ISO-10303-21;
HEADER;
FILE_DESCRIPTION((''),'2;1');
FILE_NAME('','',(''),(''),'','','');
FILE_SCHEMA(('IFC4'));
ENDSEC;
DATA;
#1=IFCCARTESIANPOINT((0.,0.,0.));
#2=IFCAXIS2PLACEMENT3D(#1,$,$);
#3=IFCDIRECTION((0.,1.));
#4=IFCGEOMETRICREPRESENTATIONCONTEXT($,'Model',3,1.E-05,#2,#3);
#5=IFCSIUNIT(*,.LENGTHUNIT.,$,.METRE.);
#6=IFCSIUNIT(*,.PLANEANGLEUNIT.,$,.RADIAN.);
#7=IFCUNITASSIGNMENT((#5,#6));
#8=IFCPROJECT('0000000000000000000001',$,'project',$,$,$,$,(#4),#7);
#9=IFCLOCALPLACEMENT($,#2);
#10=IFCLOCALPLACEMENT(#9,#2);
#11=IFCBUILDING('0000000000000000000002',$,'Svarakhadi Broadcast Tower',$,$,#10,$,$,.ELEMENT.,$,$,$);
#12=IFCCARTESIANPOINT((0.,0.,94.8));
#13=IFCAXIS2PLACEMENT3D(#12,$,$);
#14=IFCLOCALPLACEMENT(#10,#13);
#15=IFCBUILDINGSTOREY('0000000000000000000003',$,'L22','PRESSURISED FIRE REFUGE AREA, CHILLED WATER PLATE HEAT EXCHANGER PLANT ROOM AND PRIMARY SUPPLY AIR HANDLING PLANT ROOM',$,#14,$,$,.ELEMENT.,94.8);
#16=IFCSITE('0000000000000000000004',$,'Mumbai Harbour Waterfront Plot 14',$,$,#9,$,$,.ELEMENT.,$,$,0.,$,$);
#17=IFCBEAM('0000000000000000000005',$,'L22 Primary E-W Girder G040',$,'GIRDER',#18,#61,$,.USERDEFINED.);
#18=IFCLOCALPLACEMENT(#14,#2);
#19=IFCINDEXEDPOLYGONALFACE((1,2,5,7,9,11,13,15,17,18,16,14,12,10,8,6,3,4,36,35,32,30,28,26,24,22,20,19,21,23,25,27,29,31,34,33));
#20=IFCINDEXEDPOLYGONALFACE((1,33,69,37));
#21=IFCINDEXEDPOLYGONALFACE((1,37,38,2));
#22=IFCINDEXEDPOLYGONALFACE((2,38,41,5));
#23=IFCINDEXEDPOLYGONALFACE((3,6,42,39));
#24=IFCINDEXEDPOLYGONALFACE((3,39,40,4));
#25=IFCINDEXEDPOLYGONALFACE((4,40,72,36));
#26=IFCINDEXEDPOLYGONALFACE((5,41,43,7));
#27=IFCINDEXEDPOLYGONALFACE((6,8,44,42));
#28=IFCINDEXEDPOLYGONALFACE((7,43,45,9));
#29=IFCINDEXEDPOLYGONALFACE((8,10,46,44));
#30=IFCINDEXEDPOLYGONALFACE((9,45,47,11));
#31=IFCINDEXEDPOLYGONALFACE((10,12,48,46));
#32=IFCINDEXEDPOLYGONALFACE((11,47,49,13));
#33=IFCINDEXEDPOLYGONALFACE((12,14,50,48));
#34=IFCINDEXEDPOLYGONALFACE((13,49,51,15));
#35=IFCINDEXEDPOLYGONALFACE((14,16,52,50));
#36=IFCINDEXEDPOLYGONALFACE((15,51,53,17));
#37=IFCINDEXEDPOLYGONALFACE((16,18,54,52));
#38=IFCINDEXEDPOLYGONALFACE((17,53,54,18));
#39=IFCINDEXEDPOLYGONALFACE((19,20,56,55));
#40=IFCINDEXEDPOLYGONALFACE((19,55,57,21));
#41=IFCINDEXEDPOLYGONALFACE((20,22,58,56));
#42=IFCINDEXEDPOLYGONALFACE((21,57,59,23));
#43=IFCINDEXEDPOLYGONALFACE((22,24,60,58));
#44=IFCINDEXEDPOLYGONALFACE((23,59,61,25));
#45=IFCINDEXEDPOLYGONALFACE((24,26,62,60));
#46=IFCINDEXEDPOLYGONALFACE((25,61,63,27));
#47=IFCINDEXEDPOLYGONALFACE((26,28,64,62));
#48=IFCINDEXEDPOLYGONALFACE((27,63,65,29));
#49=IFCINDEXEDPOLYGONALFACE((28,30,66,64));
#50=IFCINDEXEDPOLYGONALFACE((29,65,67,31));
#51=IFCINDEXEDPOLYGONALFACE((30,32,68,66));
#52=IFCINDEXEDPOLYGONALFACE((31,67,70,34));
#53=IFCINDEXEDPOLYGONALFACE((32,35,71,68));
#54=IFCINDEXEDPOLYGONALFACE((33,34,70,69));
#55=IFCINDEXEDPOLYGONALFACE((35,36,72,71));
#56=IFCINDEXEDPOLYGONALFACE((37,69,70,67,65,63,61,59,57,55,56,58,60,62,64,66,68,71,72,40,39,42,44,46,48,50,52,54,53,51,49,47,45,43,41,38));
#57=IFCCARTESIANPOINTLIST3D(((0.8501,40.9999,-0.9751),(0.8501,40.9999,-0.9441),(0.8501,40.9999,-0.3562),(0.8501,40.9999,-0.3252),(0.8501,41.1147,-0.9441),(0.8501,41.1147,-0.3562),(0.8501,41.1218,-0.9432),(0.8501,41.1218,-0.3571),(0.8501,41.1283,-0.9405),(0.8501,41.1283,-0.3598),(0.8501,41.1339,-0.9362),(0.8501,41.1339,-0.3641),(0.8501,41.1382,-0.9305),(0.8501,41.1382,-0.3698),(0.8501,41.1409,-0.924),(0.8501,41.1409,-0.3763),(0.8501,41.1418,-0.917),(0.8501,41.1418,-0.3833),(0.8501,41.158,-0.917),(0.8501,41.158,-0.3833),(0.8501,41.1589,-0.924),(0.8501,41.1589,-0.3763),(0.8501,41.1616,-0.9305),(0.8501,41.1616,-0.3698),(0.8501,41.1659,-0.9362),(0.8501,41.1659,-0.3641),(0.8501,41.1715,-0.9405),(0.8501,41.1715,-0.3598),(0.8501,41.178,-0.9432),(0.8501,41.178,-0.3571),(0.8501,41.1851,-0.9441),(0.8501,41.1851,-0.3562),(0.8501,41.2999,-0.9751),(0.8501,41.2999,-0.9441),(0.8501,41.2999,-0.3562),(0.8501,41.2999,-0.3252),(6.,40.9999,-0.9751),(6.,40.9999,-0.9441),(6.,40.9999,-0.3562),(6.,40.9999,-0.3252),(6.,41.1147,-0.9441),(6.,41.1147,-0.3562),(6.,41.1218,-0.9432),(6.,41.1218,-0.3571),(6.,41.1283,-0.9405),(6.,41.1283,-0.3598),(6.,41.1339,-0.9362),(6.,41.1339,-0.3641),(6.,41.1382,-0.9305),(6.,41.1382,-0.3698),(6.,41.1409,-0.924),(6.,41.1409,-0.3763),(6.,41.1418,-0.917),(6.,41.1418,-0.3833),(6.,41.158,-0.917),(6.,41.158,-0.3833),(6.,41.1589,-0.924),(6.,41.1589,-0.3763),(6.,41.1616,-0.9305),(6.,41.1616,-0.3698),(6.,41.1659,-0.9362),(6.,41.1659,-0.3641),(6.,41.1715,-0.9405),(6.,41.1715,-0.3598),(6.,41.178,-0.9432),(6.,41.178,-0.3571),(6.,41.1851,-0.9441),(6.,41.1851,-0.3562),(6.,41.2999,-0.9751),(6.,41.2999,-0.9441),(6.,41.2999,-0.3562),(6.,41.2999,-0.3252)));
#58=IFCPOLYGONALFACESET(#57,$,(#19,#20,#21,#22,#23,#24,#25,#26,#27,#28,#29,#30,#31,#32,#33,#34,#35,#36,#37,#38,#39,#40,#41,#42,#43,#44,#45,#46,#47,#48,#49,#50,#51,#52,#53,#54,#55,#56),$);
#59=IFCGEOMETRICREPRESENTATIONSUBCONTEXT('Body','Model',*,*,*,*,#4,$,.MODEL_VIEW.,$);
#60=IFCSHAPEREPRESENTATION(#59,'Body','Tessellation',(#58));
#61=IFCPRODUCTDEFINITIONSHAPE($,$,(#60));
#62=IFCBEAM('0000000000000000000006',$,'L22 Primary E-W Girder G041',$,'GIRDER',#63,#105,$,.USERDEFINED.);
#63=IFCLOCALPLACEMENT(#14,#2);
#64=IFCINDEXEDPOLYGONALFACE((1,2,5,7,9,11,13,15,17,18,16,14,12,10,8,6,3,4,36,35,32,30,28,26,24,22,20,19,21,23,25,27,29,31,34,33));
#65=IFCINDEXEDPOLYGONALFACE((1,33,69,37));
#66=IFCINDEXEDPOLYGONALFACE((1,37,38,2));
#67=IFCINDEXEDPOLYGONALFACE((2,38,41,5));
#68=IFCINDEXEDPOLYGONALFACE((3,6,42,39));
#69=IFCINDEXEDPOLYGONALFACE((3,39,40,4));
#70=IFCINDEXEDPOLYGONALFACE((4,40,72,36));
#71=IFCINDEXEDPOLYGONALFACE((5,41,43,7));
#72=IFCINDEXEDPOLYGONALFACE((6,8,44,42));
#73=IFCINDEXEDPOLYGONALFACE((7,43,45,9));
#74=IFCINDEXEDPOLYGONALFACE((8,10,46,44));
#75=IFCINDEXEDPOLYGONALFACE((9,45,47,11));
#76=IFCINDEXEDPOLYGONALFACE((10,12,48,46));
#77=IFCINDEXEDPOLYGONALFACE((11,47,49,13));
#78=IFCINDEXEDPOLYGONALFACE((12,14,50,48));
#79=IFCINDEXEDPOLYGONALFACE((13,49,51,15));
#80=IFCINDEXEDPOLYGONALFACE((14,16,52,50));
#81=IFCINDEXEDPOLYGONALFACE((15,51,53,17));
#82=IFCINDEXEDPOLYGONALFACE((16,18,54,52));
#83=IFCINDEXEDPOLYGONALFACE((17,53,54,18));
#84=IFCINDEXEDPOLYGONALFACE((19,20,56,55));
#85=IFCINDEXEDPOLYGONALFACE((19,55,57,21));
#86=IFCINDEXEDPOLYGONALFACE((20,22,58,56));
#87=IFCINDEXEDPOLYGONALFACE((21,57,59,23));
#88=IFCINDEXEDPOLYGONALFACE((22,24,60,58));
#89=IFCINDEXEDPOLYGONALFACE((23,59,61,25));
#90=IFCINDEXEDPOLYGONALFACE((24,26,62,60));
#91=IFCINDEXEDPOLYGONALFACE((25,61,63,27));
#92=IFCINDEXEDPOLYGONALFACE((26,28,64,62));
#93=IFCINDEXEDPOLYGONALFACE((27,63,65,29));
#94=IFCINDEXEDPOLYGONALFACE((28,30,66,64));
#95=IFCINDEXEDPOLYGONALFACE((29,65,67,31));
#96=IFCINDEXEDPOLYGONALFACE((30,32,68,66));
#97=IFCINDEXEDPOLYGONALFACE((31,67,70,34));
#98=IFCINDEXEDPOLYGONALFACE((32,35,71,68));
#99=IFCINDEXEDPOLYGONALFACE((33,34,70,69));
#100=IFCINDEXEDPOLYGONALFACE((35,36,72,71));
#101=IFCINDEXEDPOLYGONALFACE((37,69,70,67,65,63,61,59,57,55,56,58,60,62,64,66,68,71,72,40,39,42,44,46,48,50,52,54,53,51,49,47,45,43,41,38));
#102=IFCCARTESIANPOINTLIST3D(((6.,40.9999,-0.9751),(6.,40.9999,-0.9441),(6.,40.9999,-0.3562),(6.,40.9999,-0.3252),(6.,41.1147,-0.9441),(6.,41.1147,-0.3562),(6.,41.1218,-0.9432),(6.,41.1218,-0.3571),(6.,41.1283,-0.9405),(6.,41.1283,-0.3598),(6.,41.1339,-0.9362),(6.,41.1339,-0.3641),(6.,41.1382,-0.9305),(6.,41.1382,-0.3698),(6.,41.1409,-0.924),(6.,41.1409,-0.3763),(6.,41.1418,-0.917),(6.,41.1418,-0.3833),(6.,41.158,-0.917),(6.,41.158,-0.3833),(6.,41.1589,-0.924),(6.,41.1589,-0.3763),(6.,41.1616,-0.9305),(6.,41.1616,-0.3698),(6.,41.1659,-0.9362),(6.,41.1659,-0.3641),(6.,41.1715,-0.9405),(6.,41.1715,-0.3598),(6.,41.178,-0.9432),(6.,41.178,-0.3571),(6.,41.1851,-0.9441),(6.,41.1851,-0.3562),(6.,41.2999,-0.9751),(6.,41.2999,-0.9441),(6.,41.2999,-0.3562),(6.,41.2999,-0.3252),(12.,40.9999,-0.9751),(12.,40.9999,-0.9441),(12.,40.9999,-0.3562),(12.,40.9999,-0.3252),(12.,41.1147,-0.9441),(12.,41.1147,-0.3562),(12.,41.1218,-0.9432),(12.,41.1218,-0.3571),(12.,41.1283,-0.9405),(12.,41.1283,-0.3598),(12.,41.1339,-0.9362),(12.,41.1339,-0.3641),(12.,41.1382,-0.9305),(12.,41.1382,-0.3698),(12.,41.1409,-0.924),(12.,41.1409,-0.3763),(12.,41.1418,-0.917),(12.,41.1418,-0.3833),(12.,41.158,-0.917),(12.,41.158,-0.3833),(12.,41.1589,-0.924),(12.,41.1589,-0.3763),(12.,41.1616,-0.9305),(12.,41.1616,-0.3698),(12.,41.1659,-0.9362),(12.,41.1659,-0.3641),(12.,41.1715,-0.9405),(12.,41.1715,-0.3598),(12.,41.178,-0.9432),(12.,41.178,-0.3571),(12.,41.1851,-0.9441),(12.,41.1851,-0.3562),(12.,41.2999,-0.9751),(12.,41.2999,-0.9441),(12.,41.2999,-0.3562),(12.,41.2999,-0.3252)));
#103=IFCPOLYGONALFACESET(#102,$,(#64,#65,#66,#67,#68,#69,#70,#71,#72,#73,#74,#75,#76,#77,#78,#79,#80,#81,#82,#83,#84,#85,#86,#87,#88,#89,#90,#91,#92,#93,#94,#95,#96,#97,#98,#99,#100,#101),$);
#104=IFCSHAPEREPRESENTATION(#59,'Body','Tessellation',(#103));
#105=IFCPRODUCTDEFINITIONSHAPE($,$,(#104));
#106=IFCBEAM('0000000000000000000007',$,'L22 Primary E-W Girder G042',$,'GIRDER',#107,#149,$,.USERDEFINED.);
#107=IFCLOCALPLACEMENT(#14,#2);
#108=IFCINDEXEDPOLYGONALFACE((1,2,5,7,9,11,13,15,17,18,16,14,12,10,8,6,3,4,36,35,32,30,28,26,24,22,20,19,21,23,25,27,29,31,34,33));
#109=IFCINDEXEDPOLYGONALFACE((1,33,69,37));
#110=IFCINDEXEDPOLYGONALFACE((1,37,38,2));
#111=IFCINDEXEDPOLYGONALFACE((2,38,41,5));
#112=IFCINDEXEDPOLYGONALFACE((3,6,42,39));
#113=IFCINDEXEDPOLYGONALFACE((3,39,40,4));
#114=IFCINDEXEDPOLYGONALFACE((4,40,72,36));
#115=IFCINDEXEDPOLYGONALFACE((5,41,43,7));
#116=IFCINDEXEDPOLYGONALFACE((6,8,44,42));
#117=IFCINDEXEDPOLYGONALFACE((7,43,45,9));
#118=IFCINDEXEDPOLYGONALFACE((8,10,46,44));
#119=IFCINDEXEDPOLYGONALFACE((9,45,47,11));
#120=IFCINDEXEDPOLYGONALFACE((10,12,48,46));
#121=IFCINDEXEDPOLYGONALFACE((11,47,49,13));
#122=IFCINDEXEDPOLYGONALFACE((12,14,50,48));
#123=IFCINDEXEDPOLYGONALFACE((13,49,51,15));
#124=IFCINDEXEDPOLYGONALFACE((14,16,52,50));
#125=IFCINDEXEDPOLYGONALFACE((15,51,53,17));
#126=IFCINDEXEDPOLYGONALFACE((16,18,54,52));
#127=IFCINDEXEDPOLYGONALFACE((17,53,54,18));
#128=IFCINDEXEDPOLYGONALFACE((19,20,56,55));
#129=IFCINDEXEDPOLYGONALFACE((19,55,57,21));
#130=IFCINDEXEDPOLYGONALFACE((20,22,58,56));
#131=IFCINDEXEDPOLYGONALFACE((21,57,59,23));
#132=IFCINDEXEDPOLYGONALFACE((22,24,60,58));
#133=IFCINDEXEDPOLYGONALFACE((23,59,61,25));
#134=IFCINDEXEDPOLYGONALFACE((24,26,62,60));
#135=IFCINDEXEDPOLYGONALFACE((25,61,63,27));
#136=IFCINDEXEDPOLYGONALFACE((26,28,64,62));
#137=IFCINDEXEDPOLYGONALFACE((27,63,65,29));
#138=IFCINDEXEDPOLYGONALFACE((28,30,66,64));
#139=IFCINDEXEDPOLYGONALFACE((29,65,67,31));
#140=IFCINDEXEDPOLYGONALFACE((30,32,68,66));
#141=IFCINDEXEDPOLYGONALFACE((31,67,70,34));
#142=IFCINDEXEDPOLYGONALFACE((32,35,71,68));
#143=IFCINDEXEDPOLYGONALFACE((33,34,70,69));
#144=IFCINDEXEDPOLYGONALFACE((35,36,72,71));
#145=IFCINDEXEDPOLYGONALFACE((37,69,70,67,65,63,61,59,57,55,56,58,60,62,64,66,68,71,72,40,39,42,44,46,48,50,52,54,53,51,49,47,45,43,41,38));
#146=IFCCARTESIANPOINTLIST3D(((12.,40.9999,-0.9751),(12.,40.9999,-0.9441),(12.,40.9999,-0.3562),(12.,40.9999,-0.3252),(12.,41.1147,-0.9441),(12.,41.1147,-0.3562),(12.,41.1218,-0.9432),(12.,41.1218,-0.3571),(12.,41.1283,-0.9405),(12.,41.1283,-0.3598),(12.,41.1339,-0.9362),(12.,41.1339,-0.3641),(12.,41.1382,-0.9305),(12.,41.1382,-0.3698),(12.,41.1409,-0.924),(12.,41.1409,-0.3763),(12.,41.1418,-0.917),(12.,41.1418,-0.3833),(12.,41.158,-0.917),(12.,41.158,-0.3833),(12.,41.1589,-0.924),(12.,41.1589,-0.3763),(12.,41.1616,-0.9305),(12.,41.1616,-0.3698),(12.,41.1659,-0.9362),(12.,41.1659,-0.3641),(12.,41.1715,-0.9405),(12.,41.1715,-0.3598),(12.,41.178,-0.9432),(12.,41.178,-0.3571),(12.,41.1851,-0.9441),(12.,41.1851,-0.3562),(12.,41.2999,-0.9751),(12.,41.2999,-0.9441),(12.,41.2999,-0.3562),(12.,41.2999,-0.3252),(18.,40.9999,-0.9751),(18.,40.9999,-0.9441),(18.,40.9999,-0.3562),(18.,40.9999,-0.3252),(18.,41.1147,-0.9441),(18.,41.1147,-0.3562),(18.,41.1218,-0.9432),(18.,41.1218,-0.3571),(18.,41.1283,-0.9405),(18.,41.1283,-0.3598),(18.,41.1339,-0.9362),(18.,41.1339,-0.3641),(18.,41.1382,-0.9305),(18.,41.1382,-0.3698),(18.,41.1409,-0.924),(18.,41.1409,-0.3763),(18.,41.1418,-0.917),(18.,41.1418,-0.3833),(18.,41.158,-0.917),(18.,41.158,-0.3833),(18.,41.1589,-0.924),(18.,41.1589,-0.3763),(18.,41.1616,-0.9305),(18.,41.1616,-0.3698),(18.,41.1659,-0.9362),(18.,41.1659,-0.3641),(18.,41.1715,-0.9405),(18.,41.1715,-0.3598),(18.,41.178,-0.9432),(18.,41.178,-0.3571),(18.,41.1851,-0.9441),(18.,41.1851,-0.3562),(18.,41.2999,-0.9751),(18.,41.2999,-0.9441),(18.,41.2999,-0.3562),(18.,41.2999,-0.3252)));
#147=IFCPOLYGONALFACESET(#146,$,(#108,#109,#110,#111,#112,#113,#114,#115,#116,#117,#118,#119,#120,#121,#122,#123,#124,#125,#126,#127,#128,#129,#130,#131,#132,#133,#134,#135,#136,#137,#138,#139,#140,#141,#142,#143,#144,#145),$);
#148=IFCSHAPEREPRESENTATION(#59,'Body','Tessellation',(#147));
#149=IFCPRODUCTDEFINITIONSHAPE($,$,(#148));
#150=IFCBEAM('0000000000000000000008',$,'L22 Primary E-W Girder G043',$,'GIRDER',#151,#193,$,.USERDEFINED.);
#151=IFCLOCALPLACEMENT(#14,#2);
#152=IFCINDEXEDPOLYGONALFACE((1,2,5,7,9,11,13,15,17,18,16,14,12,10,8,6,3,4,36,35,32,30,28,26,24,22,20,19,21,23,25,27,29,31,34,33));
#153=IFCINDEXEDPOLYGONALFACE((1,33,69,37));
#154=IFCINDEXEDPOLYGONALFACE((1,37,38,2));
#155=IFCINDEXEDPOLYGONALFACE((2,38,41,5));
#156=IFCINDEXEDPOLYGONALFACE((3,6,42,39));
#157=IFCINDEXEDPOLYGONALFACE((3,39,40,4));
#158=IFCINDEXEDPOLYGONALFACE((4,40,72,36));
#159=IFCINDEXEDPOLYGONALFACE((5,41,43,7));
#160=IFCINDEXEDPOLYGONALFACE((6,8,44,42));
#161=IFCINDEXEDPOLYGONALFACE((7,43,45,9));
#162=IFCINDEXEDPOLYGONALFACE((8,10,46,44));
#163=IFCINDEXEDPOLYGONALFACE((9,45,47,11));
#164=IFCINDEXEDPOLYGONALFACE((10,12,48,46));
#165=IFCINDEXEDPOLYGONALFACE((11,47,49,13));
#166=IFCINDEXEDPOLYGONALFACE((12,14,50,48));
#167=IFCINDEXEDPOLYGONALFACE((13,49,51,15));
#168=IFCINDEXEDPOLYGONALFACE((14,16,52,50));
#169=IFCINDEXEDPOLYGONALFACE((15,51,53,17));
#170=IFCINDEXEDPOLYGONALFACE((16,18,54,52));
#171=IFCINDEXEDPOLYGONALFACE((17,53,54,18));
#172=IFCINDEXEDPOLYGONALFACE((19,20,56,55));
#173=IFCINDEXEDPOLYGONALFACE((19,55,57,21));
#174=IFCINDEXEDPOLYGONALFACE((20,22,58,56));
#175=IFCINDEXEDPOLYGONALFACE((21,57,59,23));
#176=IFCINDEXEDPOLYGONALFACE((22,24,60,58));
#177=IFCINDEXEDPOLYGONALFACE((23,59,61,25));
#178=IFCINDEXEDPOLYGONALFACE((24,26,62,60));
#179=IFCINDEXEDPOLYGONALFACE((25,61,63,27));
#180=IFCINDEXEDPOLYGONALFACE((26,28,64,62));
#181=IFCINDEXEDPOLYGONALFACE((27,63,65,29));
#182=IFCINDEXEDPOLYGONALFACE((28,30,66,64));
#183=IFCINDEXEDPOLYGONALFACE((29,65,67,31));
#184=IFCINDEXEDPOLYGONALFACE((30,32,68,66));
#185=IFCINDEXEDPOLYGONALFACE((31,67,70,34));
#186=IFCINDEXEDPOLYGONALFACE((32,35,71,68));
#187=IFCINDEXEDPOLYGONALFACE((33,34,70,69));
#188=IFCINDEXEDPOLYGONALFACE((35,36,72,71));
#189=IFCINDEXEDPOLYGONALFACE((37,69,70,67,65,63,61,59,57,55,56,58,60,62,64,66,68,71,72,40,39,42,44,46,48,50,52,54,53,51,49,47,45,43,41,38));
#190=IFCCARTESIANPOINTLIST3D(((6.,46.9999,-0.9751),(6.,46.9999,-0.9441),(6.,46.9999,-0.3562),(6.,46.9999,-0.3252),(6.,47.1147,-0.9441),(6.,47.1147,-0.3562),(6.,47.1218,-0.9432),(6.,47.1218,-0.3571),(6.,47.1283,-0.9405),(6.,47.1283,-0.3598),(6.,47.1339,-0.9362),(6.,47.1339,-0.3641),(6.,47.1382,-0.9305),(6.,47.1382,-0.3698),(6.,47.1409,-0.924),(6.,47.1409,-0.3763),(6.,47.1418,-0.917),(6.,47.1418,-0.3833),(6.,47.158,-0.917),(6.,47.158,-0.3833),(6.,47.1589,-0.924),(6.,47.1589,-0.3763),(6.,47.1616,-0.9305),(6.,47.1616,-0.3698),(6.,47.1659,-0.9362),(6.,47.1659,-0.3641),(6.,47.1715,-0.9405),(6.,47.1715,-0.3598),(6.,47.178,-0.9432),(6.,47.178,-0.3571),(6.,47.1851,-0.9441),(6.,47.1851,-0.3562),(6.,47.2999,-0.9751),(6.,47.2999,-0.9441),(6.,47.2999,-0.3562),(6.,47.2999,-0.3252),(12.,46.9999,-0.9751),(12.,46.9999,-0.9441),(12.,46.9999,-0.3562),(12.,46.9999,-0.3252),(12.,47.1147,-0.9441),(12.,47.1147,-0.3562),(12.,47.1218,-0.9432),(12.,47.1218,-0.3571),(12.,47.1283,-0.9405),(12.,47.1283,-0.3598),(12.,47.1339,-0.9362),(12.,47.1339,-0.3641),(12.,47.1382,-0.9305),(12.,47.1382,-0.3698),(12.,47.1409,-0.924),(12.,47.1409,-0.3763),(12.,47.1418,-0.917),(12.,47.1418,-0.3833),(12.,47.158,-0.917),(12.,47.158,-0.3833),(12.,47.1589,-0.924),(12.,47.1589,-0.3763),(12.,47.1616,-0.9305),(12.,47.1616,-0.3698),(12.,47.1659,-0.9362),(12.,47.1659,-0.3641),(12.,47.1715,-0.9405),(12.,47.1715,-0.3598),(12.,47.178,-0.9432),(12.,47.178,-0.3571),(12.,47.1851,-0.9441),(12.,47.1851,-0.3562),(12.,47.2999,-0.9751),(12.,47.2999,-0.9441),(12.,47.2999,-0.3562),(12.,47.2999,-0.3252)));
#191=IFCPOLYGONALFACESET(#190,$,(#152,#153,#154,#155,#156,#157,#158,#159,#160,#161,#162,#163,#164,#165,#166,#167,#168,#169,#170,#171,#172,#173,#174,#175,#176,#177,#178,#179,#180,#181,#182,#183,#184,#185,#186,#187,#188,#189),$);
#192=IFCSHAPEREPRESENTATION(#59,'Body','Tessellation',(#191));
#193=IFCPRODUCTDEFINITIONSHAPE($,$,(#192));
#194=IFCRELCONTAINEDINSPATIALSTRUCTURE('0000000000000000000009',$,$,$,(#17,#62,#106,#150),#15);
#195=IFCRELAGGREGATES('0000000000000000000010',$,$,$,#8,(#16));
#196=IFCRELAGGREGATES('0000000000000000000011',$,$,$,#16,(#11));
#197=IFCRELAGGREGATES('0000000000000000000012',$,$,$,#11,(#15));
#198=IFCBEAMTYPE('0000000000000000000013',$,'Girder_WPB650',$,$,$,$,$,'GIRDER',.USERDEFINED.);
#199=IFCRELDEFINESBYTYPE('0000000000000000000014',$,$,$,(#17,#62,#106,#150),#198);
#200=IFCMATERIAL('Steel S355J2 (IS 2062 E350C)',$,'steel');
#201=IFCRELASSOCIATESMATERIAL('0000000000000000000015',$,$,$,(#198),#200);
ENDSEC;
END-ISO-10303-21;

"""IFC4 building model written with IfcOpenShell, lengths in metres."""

from ifc_helpers import new_model, si_unit, direction, frame, origin, origin_2d, place, context, subcontext, project, spatial, i_section, extrude, material, material_profile, profile_set, type_object, element, save


model = new_model("IFC4")

# Units and contexts
model_context = context("Model", 3, precision=1e-05, world=origin(), true_north=direction((0.0, 1.0)))
body_context = subcontext(model_context, "Body", "Model", "MODEL_VIEW")
ifc_project = project(units=[si_unit("LENGTHUNIT", "METRE"), si_unit("PLANEANGLEUNIT", "RADIAN")], contexts=[model_context])

# Site, building, storey
site_placement = place(None, origin())
site = spatial("IfcSite", under=ifc_project, at=site_placement, Name="Mumbai Harbour Waterfront Plot 14", CompositionType="ELEMENT", RefElevation=0.0)
building_placement = place(site_placement, origin())
building = spatial("IfcBuilding", under=site, at=building_placement, Name="Svarakhadi Broadcast Tower", CompositionType="ELEMENT")
storey_placement = place(building_placement, frame((0.0, 0.0, 94.8)))
storey = spatial("IfcBuildingStorey", under=building, at=storey_placement, Name="L22", Description="PRESSURISED FIRE REFUGE AREA, CHILLED WATER PLATE HEAT EXCHANGER PLANT ROOM AND PRIMARY SUPPLY AIR HANDLING PLANT ROOM", CompositionType="ELEMENT", Elevation=94.8)

# Shared definitions
ifc_material_1 = material(Name="Steel S355J2 (IS 2062 E350C)", Category="steel")

# Beams
ifc_material_profile_1 = material_profile(ifc_material_1, i_section(OverallWidth=0.3, OverallDepth=0.6499, WebThickness=0.0161, FlangeThickness=0.031, FilletRadius=0.0271, at=origin_2d()), Name="WPB 650x300x225")
ifc_profile_set_1 = profile_set([ifc_material_profile_1], Name="Steel S355J2 (IS 2062 E350C)")
beam_type_1 = type_object("IfcBeamType", Name="Girder_WPB650", ElementType="GIRDER", PredefinedType="USERDEFINED", material=ifc_profile_set_1)
beam_placement = place(storey_placement, frame((0.8501, 41.1499, -0.6501), z_axis=(1.0, 0.0, 0.0), x_axis=(0.0, 1.0, 0.0)))
element("IfcBeam", 1, at=beam_placement, inside=storey, type_object=beam_type_1, Name="L22 Primary E-W Girder G040", ObjectType="GIRDER", PredefinedType="USERDEFINED", context=body_context, shape_type="SweptSolid", body=[
    extrude(i_section(OverallWidth=0.3, OverallDepth=0.6499, WebThickness=0.0161, FlangeThickness=0.031, FilletRadius=0.0271, at=origin_2d()), origin(), (0.0, 0.0, 1.0), 5.1499),
])
for number, where, z_axis, x_axis, name in (
    (2, (6.0, 41.1499, -0.6501), (1.0, 0.0, 0.0), (0.0, 1.0, 0.0), "L22 Primary E-W Girder G041"),
    (3, (12.0, 41.1499, -0.6501), (1.0, 0.0, 0.0), (0.0, 1.0, 0.0), "L22 Primary E-W Girder G042"),
    (4, (6.0, 47.1499, -0.6501), (1.0, 0.0, 0.0), (0.0, 1.0, 0.0), "L22 Primary E-W Girder G043"),
):
    element("IfcBeam", number, at=place(storey_placement, frame(where, z_axis=z_axis, x_axis=x_axis)), inside=storey, type_object=beam_type_1, Name=name, ObjectType="GIRDER", PredefinedType="USERDEFINED", context=body_context, shape_type="SweptSolid", body=[
        extrude(i_section(OverallWidth=0.3, OverallDepth=0.6499, WebThickness=0.0161, FlangeThickness=0.031, FilletRadius=0.0271, at=origin_2d()), origin(), (0.0, 0.0, 1.0), 6.0),
    ])

save(model, "model.ifc")
